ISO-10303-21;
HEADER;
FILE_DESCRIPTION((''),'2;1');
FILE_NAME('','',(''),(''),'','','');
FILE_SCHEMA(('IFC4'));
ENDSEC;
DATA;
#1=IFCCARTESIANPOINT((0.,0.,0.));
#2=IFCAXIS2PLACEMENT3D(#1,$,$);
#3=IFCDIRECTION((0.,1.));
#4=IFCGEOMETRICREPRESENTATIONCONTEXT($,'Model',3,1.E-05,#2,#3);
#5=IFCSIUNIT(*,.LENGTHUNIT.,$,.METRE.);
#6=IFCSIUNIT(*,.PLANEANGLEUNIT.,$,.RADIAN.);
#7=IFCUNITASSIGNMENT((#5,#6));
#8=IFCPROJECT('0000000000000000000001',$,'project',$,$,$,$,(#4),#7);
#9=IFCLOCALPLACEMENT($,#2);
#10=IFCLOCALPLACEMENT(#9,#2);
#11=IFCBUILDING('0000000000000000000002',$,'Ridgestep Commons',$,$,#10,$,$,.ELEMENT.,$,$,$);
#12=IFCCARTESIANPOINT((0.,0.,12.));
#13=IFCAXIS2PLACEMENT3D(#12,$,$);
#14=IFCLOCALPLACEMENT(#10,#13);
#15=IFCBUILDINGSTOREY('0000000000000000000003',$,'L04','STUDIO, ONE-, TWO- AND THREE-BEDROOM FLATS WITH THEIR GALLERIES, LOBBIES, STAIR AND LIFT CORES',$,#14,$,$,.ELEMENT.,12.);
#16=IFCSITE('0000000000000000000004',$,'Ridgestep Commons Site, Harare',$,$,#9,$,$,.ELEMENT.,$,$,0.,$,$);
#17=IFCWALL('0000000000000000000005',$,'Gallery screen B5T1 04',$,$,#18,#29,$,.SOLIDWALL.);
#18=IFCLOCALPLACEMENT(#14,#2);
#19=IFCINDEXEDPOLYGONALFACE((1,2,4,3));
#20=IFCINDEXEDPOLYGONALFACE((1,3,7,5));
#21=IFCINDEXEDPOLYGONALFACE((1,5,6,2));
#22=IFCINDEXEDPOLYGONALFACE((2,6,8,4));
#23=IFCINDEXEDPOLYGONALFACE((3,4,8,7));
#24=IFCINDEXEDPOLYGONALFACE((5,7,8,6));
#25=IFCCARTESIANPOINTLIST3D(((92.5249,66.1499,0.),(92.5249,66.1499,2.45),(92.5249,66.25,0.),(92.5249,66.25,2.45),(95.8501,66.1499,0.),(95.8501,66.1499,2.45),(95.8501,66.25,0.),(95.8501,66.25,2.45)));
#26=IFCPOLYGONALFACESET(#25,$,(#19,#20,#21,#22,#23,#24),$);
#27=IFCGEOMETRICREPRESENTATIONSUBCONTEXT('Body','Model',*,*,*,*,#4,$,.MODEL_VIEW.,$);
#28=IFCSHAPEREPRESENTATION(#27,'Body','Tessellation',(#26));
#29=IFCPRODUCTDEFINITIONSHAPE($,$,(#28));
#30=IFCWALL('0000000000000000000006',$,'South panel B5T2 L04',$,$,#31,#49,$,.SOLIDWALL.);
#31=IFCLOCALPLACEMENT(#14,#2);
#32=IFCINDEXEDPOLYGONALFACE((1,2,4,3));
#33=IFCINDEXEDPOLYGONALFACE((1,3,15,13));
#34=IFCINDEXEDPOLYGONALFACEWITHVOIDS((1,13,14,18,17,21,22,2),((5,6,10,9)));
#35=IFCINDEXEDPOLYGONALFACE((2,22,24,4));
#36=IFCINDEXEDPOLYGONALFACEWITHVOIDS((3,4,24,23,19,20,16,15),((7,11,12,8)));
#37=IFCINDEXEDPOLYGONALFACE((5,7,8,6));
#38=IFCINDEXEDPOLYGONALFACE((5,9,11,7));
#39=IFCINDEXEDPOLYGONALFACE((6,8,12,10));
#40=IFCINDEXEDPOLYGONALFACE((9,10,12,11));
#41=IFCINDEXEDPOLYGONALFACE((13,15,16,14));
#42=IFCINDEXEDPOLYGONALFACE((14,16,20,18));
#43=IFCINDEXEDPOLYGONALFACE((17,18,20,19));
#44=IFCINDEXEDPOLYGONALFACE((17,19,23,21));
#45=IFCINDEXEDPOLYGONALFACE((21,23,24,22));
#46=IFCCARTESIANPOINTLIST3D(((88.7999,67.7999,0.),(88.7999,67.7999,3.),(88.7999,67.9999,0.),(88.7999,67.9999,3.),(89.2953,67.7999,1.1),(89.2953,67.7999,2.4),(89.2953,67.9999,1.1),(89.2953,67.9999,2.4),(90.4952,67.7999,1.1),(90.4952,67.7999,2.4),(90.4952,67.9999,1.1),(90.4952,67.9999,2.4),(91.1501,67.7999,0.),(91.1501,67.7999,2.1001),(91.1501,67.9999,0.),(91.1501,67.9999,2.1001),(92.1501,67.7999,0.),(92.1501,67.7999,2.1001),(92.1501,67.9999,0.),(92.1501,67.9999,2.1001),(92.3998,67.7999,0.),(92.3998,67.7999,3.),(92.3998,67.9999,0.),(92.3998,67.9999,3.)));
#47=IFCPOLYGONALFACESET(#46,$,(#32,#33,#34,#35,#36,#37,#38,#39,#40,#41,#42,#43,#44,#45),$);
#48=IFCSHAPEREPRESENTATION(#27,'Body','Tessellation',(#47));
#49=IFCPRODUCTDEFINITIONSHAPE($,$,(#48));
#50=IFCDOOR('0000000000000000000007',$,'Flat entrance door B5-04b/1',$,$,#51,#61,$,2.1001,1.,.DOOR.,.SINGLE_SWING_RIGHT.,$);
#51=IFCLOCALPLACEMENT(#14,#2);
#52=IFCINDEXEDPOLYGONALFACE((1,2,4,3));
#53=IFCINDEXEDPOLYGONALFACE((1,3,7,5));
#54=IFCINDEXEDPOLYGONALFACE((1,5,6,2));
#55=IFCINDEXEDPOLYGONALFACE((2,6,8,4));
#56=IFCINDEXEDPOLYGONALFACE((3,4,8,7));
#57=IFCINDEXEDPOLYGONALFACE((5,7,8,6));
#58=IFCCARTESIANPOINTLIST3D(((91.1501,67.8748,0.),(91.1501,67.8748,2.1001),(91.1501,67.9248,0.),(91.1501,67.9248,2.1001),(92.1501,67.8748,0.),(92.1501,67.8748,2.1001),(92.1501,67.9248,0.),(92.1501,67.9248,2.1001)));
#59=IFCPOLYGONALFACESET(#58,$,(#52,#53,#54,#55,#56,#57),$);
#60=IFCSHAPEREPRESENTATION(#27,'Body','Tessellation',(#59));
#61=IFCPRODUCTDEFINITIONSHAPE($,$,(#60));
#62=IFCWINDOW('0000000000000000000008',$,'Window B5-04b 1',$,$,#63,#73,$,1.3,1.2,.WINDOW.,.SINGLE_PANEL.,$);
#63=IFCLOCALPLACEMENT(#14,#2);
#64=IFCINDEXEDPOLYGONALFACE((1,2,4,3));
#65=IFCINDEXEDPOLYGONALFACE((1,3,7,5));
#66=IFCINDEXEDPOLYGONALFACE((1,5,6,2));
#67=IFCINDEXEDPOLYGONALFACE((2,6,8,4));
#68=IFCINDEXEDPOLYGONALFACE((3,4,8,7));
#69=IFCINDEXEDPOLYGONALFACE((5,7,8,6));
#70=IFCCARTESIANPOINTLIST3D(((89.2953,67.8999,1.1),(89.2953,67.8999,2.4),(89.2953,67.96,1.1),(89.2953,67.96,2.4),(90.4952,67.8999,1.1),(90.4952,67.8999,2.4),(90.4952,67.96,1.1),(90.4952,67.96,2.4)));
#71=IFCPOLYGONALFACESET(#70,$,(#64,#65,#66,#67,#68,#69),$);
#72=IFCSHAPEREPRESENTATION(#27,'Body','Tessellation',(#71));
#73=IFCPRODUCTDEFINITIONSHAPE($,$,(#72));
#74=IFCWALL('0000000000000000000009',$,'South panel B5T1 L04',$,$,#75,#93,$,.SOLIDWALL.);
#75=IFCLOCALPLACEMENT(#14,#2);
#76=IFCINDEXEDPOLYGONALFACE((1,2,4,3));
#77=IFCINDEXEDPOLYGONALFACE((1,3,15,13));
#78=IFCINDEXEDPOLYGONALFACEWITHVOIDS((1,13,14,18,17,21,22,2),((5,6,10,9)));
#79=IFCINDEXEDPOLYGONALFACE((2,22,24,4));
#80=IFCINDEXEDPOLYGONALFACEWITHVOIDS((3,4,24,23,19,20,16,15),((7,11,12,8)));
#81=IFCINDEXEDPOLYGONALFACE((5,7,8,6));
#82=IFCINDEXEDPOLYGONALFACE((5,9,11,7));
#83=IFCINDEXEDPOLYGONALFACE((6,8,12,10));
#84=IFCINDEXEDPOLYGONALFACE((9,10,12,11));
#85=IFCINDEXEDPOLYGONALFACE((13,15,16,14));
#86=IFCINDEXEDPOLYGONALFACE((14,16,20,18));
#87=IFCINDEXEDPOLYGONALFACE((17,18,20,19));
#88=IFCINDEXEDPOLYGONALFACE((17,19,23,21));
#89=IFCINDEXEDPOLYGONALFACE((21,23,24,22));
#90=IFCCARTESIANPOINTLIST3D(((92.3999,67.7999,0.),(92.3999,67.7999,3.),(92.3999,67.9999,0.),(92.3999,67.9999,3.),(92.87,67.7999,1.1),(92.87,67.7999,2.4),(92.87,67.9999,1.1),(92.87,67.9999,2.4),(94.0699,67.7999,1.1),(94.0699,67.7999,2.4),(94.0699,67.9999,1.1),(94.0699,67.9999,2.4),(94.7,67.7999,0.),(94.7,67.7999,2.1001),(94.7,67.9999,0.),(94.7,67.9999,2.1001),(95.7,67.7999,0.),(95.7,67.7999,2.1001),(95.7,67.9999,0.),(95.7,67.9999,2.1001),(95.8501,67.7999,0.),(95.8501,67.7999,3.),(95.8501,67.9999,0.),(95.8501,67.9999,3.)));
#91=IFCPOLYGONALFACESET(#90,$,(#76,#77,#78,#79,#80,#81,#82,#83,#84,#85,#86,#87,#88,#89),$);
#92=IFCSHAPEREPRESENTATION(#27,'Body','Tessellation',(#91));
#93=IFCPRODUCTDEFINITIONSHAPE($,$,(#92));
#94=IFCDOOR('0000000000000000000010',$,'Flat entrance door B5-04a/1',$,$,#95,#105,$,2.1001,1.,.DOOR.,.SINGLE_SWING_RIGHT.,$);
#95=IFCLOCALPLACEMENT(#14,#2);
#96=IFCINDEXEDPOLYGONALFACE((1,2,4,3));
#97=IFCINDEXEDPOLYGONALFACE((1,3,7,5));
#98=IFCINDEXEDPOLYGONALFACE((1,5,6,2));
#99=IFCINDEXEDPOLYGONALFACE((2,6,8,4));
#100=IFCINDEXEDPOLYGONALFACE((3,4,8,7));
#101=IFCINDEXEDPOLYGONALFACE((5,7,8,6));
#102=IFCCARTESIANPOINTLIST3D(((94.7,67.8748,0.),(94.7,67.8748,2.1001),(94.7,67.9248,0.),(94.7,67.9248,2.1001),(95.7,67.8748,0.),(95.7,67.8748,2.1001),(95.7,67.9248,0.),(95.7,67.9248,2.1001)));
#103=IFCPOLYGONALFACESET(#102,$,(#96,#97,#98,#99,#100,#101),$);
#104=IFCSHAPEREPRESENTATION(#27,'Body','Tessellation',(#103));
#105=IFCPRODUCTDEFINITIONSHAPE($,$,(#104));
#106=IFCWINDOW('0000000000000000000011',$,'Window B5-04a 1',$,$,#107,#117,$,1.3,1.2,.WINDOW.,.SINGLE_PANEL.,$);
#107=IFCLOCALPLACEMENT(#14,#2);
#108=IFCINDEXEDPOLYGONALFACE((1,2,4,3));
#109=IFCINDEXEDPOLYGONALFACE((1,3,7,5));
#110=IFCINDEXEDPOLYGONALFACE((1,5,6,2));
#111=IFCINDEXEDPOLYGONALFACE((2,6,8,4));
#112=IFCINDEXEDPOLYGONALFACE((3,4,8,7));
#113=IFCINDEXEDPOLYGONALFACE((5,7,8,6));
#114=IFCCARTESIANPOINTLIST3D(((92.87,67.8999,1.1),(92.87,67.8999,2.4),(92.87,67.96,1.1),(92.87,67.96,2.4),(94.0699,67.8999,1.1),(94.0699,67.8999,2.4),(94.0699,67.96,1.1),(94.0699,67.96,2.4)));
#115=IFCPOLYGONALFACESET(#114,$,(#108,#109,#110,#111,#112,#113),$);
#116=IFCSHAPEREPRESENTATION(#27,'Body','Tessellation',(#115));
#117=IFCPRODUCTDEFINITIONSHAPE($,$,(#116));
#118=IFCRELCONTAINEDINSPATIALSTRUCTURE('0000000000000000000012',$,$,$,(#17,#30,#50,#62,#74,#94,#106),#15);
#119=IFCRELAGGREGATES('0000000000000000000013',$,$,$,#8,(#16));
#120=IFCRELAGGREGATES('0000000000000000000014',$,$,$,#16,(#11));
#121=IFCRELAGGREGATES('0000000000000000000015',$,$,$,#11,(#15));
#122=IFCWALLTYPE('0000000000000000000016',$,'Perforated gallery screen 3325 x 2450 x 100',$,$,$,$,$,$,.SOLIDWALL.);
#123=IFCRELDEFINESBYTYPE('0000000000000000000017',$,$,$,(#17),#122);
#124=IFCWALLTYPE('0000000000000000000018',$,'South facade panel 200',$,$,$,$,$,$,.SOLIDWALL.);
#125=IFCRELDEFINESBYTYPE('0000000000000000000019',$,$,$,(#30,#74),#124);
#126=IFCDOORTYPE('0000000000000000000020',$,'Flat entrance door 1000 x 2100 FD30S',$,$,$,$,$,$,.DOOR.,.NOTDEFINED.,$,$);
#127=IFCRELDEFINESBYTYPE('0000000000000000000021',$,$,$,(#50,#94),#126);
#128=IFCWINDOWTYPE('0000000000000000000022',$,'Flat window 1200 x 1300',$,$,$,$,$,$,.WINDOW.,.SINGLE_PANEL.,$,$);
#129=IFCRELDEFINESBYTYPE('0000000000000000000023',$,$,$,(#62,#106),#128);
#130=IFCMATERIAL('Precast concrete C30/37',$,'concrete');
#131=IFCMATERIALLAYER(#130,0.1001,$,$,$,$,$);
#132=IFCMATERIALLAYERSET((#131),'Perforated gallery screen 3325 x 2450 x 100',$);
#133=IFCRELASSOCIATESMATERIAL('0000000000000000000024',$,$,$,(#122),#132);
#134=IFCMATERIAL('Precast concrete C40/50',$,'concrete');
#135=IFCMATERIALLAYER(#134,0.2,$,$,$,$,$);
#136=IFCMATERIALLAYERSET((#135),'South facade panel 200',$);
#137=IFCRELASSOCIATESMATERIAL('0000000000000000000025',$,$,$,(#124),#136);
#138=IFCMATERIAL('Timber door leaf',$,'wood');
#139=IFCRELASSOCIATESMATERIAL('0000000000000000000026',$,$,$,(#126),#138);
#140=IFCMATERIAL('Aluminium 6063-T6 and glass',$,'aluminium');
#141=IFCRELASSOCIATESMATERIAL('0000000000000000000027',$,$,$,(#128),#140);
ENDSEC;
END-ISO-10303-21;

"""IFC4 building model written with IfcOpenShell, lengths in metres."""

from ifc_helpers import new_model, si_unit, direction, frame, frame_2d, origin, place, context, subcontext, project, spatial, rectangle, extrude, material, layer, layer_set, type_object, element, fill, save


model = new_model("IFC4")

# Units and contexts
model_context = context("Model", 3, precision=1e-05, world=origin(), true_north=direction((0.0, 1.0)))
body_context = subcontext(model_context, "Body", "Model", "MODEL_VIEW")
ifc_project = project(units=[si_unit("LENGTHUNIT", "METRE"), si_unit("PLANEANGLEUNIT", "RADIAN")], contexts=[model_context])

# Site, building, storey
site_placement = place(None, origin())
site = spatial("IfcSite", under=ifc_project, at=site_placement, Name="Ridgestep Commons Site, Harare", CompositionType="ELEMENT", RefElevation=0.0)
building_placement = place(site_placement, origin())
building = spatial("IfcBuilding", under=site, at=building_placement, Name="Ridgestep Commons", CompositionType="ELEMENT")
storey_placement = place(building_placement, frame((0.0, 0.0, 12.0)))
storey = spatial("IfcBuildingStorey", under=building, at=storey_placement, Name="L04", Description="STUDIO, ONE-, TWO- AND THREE-BEDROOM FLATS WITH THEIR GALLERIES, LOBBIES, STAIR AND LIFT CORES", CompositionType="ELEMENT", Elevation=12.0)

# Wall
ifc_material_1 = material(Name="Precast concrete C30/37", Category="concrete")
ifc_layer_1 = layer(ifc_material_1, 0.1001)
ifc_layer_set_1 = layer_set([ifc_layer_1], Name="Perforated gallery screen 3325 x 2450 x 100")
wall_type_1 = type_object("IfcWallType", Name="Perforated gallery screen 3325 x 2450 x 100", PredefinedType="SOLIDWALL", material=ifc_layer_set_1)
wall_1_placement = place(storey_placement, frame((92.5249, 66.2, 0.0), z_axis=(0.0, 0.0, 1.0), x_axis=(1.0, 0.0, 0.0)))
element("IfcWall", 1, at=wall_1_placement, inside=storey, type_object=wall_type_1, Name="Gallery screen B5T1 04", PredefinedType="SOLIDWALL", context=body_context, shape_type="SweptSolid", body=[
    extrude(rectangle(XDim=3.3252, YDim=0.1001, at=frame_2d((1.6626, 0.0))), origin(), (0.0, 0.0, 1.0), 2.45),
])

# Walls, openings, doors, windows
ifc_material_2 = material(Name="Precast concrete C40/50", Category="concrete")
ifc_layer_2 = layer(ifc_material_2, 0.2)
ifc_layer_set_2 = layer_set([ifc_layer_2], Name="South facade panel 200")
wall_type_2 = type_object("IfcWallType", Name="South facade panel 200", PredefinedType="SOLIDWALL", material=ifc_layer_set_2)
wall_2_placement = place(storey_placement, frame((88.8, 67.8999, 0.0), z_axis=(0.0, 0.0, 1.0), x_axis=(1.0, 0.0, 0.0)))
wall_2 = element("IfcWall", 2, at=wall_2_placement, inside=storey, type_object=wall_type_2, Name="South panel B5T2 L04", PredefinedType="SOLIDWALL", context=body_context, shape_type="SweptSolid", body=[
    extrude(rectangle(XDim=3.5999, YDim=0.2, at=frame_2d((1.7998, 0.0))), origin(), (0.0, 0.0, 1.0), 3.0),
])
opening_1_placement = place(wall_2_placement, frame((0.4951, 0.0, 1.1001)))
opening_1 = element("IfcOpeningElement", 3, at=opening_1_placement, cuts=wall_2, PredefinedType="OPENING", context=body_context, shape_type="SweptSolid", body=[
    extrude(rectangle(XDim=1.2, YDim=1.3, at=frame_2d((0.6001, 0.6499))), frame((0.0, 0.1099, 0.0), z_axis=(0.0, -1.0, 0.0), x_axis=(1.0, 0.0, 0.0)), (0.0, 0.0, 1.0), 0.22),
])
opening_2_placement = place(wall_2_placement, frame((2.3501, 0.0, 0.0)))
opening_2 = element("IfcOpeningElement", 4, at=opening_2_placement, cuts=wall_2, PredefinedType="OPENING", context=body_context, shape_type="SweptSolid", body=[
    extrude(rectangle(XDim=1.0, YDim=2.1001, at=frame_2d((0.5, 1.05))), frame((0.0, 0.1099, 0.0), z_axis=(0.0, -1.0, 0.0), x_axis=(1.0, 0.0, 0.0)), (0.0, 0.0, 1.0), 0.22),
])
ifc_material_3 = material(Name="Timber door leaf", Category="wood")
door_type_1 = type_object("IfcDoorType", Name="Flat entrance door 1000 x 2100 FD30S", OperationType="NOTDEFINED", PredefinedType="DOOR", material=ifc_material_3)
door_1_placement = place(opening_2_placement, origin())
door_1 = element("IfcDoor", 5, at=door_1_placement, inside=storey, type_object=door_type_1, Name="Flat entrance door B5-04b/1", OperationType="SINGLE_SWING_RIGHT", OverallHeight=2.1001, OverallWidth=1.0, PredefinedType="DOOR", context=body_context, shape_type="SweptSolid", body=[
    extrude(rectangle(XDim=1.0, YDim=2.1001, at=frame_2d((0.5, 1.05))), frame((0.0, 0.0249, 0.0), z_axis=(0.0, -1.0, 0.0), x_axis=(1.0, 0.0, 0.0)), (0.0, 0.0, 1.0), 0.05),
])
fill(opening_2, door_1)
ifc_material_4 = material(Name="Aluminium 6063-T6 and glass", Category="aluminium")
window_type = type_object("IfcWindowType", Name="Flat window 1200 x 1300", PartitioningType="SINGLE_PANEL", PredefinedType="WINDOW", material=ifc_material_4)
window_1_placement = place(opening_1_placement, origin())
window_1 = element("IfcWindow", 6, at=window_1_placement, inside=storey, type_object=window_type, Name="Window B5-04b 1", OverallHeight=1.3, OverallWidth=1.2, PartitioningType="SINGLE_PANEL", PredefinedType="WINDOW", context=body_context, shape_type="SweptSolid", body=[
    extrude(rectangle(XDim=1.2, YDim=1.3, at=frame_2d((0.6001, 0.6499))), frame((0.0, 0.0601, 0.0), z_axis=(0.0, -1.0, 0.0), x_axis=(1.0, 0.0, 0.0)), (0.0, 0.0, 1.0), 0.0601),
])
fill(opening_1, window_1)
wall_3_placement = place(storey_placement, frame((92.3999, 67.8999, 0.0), z_axis=(0.0, 0.0, 1.0), x_axis=(1.0, 0.0, 0.0)))
wall_3 = element("IfcWall", 7, at=wall_3_placement, inside=storey, type_object=wall_type_2, Name="South panel B5T1 L04", PredefinedType="SOLIDWALL", context=body_context, shape_type="SweptSolid", body=[
    extrude(rectangle(XDim=3.4502, YDim=0.2, at=frame_2d((1.7251, 0.0))), origin(), (0.0, 0.0, 1.0), 3.0),
])
opening_3_placement = place(wall_3_placement, frame((0.47, 0.0, 1.1001)))
opening_3 = element("IfcOpeningElement", 8, at=opening_3_placement, cuts=wall_3, PredefinedType="OPENING", context=body_context, shape_type="SweptSolid", body=[
    extrude(rectangle(XDim=1.2, YDim=1.3, at=frame_2d((0.6001, 0.6499))), frame((0.0, 0.1099, 0.0), z_axis=(0.0, -1.0, 0.0), x_axis=(1.0, 0.0, 0.0)), (0.0, 0.0, 1.0), 0.22),
])
opening_4_placement = place(wall_3_placement, frame((2.3, 0.0, 0.0)))
opening_4 = element("IfcOpeningElement", 9, at=opening_4_placement, cuts=wall_3, PredefinedType="OPENING", context=body_context, shape_type="SweptSolid", body=[
    extrude(rectangle(XDim=1.0, YDim=2.1001, at=frame_2d((0.5, 1.05))), frame((0.0, 0.1099, 0.0), z_axis=(0.0, -1.0, 0.0), x_axis=(1.0, 0.0, 0.0)), (0.0, 0.0, 1.0), 0.22),
])
door_2_placement = place(opening_4_placement, origin())
door_2 = element("IfcDoor", 10, at=door_2_placement, inside=storey, type_object=door_type_1, Name="Flat entrance door B5-04a/1", OperationType="SINGLE_SWING_RIGHT", OverallHeight=2.1001, OverallWidth=1.0, PredefinedType="DOOR", context=body_context, shape_type="SweptSolid", body=[
    extrude(rectangle(XDim=1.0, YDim=2.1001, at=frame_2d((0.5, 1.05))), frame((0.0, 0.0249, 0.0), z_axis=(0.0, -1.0, 0.0), x_axis=(1.0, 0.0, 0.0)), (0.0, 0.0, 1.0), 0.05),
])
fill(opening_4, door_2)
window_2_placement = place(opening_3_placement, origin())
window_2 = element("IfcWindow", 11, at=window_2_placement, inside=storey, type_object=window_type, Name="Window B5-04a 1", OverallHeight=1.3, OverallWidth=1.2, PartitioningType="SINGLE_PANEL", PredefinedType="WINDOW", context=body_context, shape_type="SweptSolid", body=[
    extrude(rectangle(XDim=1.2, YDim=1.3, at=frame_2d((0.6001, 0.6499))), frame((0.0, 0.0601, 0.0), z_axis=(0.0, -1.0, 0.0), x_axis=(1.0, 0.0, 0.0)), (0.0, 0.0, 1.0), 0.0601),
])
fill(opening_3, window_2)

save(model, "model.ifc")
